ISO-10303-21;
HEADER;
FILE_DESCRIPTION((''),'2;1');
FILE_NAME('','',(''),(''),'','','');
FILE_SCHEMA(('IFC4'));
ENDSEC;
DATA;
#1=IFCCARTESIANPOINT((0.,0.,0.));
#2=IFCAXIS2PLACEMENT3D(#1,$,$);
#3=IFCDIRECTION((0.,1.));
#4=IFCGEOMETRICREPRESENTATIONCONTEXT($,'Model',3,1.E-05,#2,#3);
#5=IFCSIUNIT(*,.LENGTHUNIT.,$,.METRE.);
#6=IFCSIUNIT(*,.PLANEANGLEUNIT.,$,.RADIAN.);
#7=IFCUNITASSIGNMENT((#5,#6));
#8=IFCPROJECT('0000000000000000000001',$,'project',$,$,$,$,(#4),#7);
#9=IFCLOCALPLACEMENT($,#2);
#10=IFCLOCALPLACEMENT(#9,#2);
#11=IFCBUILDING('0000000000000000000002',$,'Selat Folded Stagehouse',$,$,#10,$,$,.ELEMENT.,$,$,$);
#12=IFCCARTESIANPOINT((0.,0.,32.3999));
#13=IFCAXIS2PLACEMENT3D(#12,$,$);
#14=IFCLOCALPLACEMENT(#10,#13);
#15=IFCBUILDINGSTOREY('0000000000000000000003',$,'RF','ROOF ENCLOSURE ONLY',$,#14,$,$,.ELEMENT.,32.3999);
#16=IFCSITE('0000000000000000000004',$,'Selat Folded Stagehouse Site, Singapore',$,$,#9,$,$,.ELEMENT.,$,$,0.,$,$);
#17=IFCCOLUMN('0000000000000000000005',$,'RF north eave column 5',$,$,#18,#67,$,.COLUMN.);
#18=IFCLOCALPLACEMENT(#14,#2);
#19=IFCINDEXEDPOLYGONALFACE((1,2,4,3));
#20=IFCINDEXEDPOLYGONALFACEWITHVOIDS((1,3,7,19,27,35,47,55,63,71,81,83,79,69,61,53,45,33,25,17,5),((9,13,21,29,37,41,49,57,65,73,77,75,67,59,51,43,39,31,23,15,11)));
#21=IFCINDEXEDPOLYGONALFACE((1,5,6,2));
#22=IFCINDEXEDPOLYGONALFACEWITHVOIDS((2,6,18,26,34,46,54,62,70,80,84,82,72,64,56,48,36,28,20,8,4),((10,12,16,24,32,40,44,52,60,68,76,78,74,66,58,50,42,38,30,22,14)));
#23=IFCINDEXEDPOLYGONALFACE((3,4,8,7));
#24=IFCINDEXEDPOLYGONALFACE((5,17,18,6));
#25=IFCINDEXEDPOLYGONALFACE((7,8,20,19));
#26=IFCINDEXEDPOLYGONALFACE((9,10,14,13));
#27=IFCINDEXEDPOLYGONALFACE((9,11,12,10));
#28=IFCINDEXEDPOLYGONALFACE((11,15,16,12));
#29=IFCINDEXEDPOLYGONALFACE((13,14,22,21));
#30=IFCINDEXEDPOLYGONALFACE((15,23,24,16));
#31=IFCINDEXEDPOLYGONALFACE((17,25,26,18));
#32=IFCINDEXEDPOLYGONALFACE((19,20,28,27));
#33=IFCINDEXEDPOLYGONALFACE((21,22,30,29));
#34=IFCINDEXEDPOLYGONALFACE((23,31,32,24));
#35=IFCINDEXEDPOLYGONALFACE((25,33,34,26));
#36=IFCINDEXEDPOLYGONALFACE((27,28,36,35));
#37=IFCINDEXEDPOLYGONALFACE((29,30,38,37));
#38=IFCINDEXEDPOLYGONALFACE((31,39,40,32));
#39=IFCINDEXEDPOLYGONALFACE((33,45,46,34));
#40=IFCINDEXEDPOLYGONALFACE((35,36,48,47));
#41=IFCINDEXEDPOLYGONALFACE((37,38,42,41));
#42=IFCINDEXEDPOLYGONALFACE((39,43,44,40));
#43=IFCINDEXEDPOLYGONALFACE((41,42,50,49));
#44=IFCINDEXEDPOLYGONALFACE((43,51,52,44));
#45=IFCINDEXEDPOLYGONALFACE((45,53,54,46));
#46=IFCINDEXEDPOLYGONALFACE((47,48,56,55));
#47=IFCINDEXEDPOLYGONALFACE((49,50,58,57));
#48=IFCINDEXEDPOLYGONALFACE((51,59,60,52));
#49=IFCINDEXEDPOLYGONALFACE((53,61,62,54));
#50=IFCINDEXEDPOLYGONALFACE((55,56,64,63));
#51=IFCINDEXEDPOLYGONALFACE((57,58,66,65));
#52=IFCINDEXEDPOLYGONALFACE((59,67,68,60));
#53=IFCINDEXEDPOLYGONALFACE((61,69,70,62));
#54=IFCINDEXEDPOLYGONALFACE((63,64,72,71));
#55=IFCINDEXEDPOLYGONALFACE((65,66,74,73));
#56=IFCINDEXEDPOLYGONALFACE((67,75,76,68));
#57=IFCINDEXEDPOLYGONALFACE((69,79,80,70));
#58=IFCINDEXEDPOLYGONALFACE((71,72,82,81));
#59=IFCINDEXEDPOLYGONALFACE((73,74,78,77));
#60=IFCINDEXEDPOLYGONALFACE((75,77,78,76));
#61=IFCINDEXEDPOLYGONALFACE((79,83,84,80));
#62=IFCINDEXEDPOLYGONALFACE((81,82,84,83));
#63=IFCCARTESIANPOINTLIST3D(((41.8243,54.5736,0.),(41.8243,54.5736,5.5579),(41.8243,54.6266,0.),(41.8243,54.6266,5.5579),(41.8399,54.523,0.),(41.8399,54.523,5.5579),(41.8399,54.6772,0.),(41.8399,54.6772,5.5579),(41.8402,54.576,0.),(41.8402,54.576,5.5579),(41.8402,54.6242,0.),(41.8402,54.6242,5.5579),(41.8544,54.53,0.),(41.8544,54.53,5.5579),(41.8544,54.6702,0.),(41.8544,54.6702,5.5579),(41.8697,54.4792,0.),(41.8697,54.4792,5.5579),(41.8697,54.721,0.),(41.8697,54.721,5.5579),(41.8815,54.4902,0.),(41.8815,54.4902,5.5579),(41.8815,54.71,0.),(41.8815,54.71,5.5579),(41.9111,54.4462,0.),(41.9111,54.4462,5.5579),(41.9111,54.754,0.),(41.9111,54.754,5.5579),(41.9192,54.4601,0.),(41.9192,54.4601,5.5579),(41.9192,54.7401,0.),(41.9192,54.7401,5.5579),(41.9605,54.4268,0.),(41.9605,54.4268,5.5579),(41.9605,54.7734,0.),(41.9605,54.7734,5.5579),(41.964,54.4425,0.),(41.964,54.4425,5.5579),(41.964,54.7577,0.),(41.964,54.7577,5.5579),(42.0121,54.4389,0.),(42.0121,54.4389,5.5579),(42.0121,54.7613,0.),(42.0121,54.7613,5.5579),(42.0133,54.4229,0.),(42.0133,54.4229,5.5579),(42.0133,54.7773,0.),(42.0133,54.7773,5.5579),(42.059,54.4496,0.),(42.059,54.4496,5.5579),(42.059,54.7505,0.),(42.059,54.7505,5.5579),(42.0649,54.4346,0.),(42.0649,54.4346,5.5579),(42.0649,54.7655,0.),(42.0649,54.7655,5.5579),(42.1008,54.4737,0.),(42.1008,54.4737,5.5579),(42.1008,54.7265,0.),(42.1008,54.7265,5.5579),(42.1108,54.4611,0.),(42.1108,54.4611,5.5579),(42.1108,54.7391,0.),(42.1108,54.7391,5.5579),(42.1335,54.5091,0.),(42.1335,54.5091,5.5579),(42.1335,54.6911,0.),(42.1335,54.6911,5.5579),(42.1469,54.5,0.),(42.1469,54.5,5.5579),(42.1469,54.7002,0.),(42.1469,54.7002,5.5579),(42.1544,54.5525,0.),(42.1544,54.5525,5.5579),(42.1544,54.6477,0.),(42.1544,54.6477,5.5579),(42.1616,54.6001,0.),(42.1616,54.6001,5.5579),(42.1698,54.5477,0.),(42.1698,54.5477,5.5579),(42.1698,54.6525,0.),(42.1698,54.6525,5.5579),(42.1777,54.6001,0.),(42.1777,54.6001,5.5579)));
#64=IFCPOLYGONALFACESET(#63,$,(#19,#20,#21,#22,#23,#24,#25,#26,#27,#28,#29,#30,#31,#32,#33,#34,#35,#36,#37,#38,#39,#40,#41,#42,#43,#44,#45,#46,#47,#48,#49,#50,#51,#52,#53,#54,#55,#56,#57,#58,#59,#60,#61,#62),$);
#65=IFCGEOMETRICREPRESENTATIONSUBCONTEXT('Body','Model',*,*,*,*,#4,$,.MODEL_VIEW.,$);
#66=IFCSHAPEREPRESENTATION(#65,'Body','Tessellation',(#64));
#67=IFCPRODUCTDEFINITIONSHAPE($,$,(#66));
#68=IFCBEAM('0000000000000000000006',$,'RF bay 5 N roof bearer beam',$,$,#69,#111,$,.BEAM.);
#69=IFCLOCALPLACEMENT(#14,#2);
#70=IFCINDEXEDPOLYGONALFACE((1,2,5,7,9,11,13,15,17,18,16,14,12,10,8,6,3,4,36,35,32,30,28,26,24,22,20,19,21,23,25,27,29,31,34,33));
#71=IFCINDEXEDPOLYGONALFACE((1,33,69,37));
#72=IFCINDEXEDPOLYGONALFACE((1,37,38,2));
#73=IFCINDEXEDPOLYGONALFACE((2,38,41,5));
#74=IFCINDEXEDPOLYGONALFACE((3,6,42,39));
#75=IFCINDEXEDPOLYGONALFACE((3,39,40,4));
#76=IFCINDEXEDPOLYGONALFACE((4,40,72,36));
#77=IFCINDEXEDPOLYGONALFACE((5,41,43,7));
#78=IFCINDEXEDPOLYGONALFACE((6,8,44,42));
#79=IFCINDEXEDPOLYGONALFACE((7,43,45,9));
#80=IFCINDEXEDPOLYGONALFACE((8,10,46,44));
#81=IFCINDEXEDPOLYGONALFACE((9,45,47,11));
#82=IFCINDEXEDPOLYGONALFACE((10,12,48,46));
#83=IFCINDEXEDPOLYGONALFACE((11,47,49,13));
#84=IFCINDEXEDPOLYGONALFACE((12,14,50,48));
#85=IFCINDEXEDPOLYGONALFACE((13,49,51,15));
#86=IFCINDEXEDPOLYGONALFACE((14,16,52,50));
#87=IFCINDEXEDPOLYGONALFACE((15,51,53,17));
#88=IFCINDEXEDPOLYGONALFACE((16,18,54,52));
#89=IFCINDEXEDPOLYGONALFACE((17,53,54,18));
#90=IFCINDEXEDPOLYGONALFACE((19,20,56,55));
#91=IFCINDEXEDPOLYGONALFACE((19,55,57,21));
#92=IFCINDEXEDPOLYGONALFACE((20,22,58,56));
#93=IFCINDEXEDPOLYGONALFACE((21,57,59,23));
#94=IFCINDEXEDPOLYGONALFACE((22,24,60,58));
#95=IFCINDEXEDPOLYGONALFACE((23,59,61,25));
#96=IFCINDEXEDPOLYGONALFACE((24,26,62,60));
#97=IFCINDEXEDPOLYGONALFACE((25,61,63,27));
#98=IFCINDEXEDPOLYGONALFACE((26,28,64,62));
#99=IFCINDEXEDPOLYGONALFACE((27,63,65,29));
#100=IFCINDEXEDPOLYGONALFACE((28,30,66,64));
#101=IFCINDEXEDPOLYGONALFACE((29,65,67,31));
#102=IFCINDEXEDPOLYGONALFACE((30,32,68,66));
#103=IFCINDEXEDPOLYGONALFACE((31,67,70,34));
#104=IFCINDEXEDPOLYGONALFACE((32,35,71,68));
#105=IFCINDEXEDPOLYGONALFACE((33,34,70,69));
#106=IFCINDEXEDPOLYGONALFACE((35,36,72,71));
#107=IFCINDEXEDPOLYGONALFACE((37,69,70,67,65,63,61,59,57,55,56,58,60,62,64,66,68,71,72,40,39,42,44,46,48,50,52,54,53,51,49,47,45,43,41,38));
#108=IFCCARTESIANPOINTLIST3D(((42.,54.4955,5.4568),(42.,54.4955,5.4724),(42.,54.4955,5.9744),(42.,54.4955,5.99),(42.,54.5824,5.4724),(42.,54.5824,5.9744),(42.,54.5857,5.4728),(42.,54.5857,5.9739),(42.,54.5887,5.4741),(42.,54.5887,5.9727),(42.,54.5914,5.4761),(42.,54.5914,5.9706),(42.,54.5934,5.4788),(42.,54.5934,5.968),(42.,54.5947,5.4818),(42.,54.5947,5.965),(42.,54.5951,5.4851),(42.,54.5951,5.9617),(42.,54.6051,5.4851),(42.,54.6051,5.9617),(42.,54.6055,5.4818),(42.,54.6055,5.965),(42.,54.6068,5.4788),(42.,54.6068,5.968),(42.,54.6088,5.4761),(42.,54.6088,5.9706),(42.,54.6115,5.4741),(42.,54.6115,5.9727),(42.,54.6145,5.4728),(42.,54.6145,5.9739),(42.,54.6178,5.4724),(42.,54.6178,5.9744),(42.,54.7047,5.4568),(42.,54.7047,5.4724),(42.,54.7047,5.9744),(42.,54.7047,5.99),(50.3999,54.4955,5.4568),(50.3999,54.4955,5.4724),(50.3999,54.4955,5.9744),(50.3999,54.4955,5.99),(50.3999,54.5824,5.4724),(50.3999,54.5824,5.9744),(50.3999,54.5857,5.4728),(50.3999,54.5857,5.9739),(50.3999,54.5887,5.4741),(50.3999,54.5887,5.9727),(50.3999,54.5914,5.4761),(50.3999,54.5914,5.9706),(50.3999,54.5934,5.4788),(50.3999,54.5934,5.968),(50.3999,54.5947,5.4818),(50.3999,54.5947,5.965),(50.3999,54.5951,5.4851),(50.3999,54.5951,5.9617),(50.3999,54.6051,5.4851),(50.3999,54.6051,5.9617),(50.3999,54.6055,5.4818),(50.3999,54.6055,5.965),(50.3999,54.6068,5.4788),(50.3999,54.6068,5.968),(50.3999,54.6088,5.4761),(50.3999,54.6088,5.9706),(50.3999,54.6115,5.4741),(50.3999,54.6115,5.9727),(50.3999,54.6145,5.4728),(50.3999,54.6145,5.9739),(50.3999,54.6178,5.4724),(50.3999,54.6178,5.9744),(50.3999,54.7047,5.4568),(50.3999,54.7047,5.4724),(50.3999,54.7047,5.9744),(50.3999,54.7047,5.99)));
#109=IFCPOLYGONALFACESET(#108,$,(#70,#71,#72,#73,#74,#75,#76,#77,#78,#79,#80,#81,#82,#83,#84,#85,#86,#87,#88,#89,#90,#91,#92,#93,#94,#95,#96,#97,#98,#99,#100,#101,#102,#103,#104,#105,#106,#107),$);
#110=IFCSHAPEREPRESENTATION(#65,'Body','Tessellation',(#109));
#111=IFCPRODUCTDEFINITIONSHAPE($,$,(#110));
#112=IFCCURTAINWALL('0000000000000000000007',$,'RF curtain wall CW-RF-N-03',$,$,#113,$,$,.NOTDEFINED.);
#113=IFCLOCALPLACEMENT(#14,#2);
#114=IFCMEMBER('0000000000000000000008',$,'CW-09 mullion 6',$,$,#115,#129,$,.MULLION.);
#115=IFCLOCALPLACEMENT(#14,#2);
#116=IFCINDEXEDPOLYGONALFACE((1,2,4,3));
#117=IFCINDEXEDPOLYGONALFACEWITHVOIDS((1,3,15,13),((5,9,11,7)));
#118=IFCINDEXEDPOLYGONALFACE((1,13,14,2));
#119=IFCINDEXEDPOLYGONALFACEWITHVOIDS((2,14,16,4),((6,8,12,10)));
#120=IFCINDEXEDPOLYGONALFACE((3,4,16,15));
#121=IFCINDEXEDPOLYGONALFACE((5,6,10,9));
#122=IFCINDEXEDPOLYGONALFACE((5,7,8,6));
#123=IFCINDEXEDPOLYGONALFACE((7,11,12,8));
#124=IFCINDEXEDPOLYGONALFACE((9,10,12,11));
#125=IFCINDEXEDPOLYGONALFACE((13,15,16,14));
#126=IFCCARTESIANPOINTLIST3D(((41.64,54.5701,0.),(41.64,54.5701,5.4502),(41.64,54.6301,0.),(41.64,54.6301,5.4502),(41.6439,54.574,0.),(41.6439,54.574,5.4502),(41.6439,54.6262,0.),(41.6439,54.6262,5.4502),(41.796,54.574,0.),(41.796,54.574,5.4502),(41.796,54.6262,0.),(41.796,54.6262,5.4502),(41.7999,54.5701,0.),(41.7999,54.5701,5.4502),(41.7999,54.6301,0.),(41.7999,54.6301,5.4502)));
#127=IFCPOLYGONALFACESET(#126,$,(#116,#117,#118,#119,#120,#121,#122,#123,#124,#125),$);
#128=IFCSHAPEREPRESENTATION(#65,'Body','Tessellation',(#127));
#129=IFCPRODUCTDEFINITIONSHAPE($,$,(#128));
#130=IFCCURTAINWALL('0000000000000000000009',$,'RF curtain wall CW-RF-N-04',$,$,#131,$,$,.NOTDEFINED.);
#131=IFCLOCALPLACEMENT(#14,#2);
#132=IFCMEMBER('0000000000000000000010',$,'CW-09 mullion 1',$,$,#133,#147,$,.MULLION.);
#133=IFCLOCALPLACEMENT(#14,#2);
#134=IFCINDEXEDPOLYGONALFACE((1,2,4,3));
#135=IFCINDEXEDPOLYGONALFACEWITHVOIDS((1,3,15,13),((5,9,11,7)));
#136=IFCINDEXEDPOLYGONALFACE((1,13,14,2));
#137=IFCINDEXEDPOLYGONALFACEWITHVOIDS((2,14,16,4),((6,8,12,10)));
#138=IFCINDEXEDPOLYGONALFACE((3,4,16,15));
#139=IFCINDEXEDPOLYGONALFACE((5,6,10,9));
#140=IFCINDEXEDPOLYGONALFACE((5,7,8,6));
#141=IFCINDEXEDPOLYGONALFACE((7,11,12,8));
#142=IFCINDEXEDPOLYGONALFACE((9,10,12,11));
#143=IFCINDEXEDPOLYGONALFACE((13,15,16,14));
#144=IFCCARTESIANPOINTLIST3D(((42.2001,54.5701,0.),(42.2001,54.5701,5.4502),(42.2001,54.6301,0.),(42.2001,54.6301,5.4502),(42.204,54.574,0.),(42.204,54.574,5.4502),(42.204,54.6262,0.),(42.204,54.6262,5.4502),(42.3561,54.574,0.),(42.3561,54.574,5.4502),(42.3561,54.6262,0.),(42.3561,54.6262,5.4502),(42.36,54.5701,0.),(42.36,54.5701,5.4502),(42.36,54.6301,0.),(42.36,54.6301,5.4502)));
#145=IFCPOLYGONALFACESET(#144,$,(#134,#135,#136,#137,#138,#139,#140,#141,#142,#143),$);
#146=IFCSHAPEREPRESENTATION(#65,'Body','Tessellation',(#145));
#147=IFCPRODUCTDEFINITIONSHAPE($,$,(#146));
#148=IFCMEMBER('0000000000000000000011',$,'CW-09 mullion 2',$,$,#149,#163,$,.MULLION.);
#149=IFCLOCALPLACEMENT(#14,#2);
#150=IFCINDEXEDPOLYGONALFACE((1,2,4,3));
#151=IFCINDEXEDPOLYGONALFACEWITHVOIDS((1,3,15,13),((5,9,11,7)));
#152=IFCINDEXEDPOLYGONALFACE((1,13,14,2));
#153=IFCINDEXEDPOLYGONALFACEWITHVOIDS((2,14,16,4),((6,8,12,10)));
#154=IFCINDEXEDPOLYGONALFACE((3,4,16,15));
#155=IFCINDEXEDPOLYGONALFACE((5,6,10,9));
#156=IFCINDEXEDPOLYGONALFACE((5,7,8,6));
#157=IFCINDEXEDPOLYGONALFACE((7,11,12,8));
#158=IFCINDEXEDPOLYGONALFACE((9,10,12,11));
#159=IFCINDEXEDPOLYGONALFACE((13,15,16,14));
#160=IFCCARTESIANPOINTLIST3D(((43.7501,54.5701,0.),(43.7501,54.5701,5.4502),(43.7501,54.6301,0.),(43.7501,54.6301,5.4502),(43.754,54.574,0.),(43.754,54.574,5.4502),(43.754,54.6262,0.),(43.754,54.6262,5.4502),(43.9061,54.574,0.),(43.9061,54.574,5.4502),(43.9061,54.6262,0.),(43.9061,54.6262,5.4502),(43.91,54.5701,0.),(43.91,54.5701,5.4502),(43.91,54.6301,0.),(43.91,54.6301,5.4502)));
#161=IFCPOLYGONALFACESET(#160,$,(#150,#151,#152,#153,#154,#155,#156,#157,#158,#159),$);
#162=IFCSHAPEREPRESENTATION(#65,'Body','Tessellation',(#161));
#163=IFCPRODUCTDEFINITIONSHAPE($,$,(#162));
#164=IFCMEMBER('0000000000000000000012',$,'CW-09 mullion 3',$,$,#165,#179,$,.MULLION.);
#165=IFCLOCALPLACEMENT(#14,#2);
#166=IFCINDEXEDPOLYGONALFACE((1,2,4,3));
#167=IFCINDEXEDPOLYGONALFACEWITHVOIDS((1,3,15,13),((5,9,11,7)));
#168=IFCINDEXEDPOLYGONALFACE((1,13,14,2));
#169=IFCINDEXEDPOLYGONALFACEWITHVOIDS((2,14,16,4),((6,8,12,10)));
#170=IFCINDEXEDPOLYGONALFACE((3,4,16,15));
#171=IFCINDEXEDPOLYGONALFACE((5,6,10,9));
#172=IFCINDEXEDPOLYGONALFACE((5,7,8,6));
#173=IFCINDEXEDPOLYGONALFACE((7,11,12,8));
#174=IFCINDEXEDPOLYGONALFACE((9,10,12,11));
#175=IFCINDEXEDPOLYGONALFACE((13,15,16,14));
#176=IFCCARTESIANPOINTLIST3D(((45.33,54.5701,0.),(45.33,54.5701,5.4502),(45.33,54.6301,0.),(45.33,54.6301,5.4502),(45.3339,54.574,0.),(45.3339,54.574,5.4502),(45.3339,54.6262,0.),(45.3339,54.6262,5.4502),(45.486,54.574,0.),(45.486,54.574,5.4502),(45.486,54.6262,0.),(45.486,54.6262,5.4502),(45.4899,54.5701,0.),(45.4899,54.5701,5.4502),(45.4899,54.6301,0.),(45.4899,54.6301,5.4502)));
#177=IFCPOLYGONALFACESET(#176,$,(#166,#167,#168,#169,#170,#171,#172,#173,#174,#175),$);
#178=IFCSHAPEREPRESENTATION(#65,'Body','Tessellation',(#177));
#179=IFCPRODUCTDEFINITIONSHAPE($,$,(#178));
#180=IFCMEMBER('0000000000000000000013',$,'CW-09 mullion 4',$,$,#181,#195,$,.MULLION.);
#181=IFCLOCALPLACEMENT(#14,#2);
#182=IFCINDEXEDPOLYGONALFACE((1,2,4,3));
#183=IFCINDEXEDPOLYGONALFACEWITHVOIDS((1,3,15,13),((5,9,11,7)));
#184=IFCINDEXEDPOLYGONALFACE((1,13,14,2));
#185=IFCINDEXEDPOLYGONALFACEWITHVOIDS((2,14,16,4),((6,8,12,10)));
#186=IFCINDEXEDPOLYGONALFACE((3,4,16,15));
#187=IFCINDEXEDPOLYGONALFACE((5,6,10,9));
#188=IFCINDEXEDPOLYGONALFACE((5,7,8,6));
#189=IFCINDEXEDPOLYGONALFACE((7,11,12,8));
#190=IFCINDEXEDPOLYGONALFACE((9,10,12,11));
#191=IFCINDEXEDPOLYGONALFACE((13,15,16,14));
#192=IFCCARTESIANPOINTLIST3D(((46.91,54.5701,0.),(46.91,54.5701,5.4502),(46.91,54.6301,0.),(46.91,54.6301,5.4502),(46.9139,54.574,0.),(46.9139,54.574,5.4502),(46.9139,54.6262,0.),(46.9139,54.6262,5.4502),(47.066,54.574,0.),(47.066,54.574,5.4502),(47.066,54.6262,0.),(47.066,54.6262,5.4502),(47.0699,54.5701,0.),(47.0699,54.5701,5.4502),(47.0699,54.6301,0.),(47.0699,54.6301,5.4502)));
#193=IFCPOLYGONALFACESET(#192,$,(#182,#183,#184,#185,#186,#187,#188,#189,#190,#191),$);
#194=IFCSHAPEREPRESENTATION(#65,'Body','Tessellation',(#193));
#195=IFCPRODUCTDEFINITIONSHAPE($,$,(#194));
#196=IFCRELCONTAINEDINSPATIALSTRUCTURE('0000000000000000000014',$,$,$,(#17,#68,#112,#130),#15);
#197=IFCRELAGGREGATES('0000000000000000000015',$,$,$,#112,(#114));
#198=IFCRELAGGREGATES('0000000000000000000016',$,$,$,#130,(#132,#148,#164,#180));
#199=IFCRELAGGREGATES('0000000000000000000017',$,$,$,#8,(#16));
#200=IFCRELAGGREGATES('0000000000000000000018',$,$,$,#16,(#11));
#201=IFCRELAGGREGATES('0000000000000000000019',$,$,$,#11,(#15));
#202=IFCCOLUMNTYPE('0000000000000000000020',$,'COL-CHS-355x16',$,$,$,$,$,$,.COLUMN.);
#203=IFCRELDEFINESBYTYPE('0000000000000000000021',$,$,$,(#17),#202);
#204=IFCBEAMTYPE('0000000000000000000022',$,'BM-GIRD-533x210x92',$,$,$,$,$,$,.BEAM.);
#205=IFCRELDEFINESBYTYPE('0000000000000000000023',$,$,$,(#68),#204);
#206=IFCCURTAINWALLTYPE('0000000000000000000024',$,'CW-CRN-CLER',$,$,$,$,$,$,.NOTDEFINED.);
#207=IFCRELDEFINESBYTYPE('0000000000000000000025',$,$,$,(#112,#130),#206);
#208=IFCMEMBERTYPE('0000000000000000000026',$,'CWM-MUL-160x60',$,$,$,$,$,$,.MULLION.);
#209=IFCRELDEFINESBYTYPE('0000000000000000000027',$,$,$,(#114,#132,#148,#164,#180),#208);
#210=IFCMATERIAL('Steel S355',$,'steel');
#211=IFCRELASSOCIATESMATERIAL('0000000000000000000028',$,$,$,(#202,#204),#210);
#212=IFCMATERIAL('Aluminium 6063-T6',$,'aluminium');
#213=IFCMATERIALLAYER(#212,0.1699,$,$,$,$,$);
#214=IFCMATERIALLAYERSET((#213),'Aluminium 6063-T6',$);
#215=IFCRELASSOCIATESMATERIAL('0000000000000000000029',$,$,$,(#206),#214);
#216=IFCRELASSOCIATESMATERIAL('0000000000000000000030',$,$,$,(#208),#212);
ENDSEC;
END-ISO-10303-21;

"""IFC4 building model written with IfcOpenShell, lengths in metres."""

from ifc_helpers import new_model, si_unit, direction, frame, origin, origin_2d, place, context, subcontext, project, spatial, hollow_rectangle, hollow_circle, i_section, extrude, material, layer, layer_set, material_profile, profile_set, type_object, element, aggregate, save


model = new_model("IFC4")

# Units and contexts
model_context = context("Model", 3, precision=1e-05, world=origin(), true_north=direction((0.0, 1.0)))
body_context = subcontext(model_context, "Body", "Model", "MODEL_VIEW")
ifc_project = project(units=[si_unit("LENGTHUNIT", "METRE"), si_unit("PLANEANGLEUNIT", "RADIAN")], contexts=[model_context])

# Site, building, storey
site_placement = place(None, origin())
site = spatial("IfcSite", under=ifc_project, at=site_placement, Name="Selat Folded Stagehouse Site, Singapore", CompositionType="ELEMENT", RefElevation=0.0)
building_placement = place(site_placement, origin())
building = spatial("IfcBuilding", under=site, at=building_placement, Name="Selat Folded Stagehouse", CompositionType="ELEMENT")
storey_placement = place(building_placement, frame((0.0, 0.0, 32.3999)))
storey = spatial("IfcBuildingStorey", under=building, at=storey_placement, Name="RF", Description="ROOF ENCLOSURE ONLY", CompositionType="ELEMENT", Elevation=32.3999)

# Column
ifc_material_1 = material(Name="Steel S355", Category="steel")
ifc_material_profile_1 = material_profile(ifc_material_1, hollow_circle(Radius=0.1777, WallThickness=0.0161, at=origin_2d()), Name="CHS 355.6x16.0")
ifc_profile_set_1 = profile_set([ifc_material_profile_1], Name="Steel S355")
column_type = type_object("IfcColumnType", Name="COL-CHS-355x16", PredefinedType="COLUMN", material=ifc_profile_set_1)
column_placement = place(storey_placement, frame((42.0, 54.6001, 0.0), z_axis=(0.0, 0.0, 1.0), x_axis=(1.0, 0.0, 0.0)))
element("IfcColumn", 1, at=column_placement, inside=storey, type_object=column_type, Name="RF north eave column 5", PredefinedType="COLUMN", context=body_context, shape_type="SweptSolid", body=[
    extrude(hollow_circle(Radius=0.1777, WallThickness=0.0161, at=origin_2d()), origin(), (0.0, 0.0, 1.0), 5.5579),
])

# Beam
ifc_material_profile_2 = material_profile(ifc_material_1, i_section(OverallWidth=0.2092, OverallDepth=0.5332, WebThickness=0.01, FlangeThickness=0.0156, FilletRadius=0.0127, at=origin_2d()), Name="UKB 533x210x92")
ifc_profile_set_2 = profile_set([ifc_material_profile_2], Name="Steel S355")
beam_type = type_object("IfcBeamType", Name="BM-GIRD-533x210x92", PredefinedType="BEAM", material=ifc_profile_set_2)
beam_placement = place(storey_placement, frame((42.0, 54.6001, 5.7234), z_axis=(1.0, 0.0, 0.0), x_axis=(0.0, 1.0, 0.0)))
element("IfcBeam", 2, at=beam_placement, inside=storey, type_object=beam_type, Name="RF bay 5 N roof bearer beam", PredefinedType="BEAM", context=body_context, shape_type="SweptSolid", body=[
    extrude(i_section(OverallWidth=0.2092, OverallDepth=0.5332, WebThickness=0.01, FlangeThickness=0.0156, FilletRadius=0.0127, at=origin_2d()), origin(), (0.0, 0.0, 1.0), 8.3999),
])

# Curtain wall, member
ifc_material_2 = material(Name="Aluminium 6063-T6", Category="aluminium")
ifc_layer_1 = layer(ifc_material_2, 0.1699)
ifc_layer_set_1 = layer_set([ifc_layer_1], Name="Aluminium 6063-T6")
curtain_wall_type = type_object("IfcCurtainWallType", Name="CW-CRN-CLER", PredefinedType="NOTDEFINED", material=ifc_layer_set_1)
curtain_wall_1_placement = place(storey_placement, origin())
curtain_wall_1 = element("IfcCurtainWall", 3, at=curtain_wall_1_placement, inside=storey, type_object=curtain_wall_type, Name="RF curtain wall CW-RF-N-03", PredefinedType="NOTDEFINED")
ifc_material_profile_3 = material_profile(ifc_material_2, hollow_rectangle(XDim=0.0601, YDim=0.1599, WallThickness=0.0039, at=origin_2d()), Name="ALU 160x60x4.0")
ifc_profile_set_3 = profile_set([ifc_material_profile_3], Name="Aluminium 6063-T6")
member_type_1 = type_object("IfcMemberType", Name="CWM-MUL-160x60", PredefinedType="MULLION", material=ifc_profile_set_3)
member_1_placement = place(storey_placement, frame((41.72, 54.6001, 0.0), z_axis=(0.0, 0.0, 1.0), x_axis=(0.0, 1.0, 0.0)))
member_1 = element("IfcMember", 4, at=member_1_placement, type_object=member_type_1, Name="CW-09 mullion 6", PredefinedType="MULLION", context=body_context, shape_type="SweptSolid", body=[
    extrude(hollow_rectangle(XDim=0.0601, YDim=0.1599, WallThickness=0.0039, at=origin_2d()), origin(), (0.0, 0.0, 1.0), 5.4502),
])

# Curtain wall, members
curtain_wall_2_placement = place(storey_placement, origin())
curtain_wall_2 = element("IfcCurtainWall", 5, at=curtain_wall_2_placement, inside=storey, type_object=curtain_wall_type, Name="RF curtain wall CW-RF-N-04", PredefinedType="NOTDEFINED")
member_2_placement = place(storey_placement, frame((42.28, 54.6001, 0.0), z_axis=(0.0, 0.0, 1.0), x_axis=(0.0, 1.0, 0.0)))
member_2 = element("IfcMember", 6, at=member_2_placement, type_object=member_type_1, Name="CW-09 mullion 1", PredefinedType="MULLION", context=body_context, shape_type="SweptSolid", body=[
    extrude(hollow_rectangle(XDim=0.0601, YDim=0.1599, WallThickness=0.0039, at=origin_2d()), origin(), (0.0, 0.0, 1.0), 5.4502),
])
member_3_placement = place(storey_placement, frame((43.8301, 54.6001, 0.0), z_axis=(0.0, 0.0, 1.0), x_axis=(0.0, 1.0, 0.0)))
member_3 = element("IfcMember", 7, at=member_3_placement, type_object=member_type_1, Name="CW-09 mullion 2", PredefinedType="MULLION", context=body_context, shape_type="SweptSolid", body=[
    extrude(hollow_rectangle(XDim=0.0601, YDim=0.1599, WallThickness=0.0039, at=origin_2d()), origin(), (0.0, 0.0, 1.0), 5.4502),
])
member_4_placement = place(storey_placement, frame((45.4099, 54.6001, 0.0), z_axis=(0.0, 0.0, 1.0), x_axis=(0.0, 1.0, 0.0)))
member_4 = element("IfcMember", 8, at=member_4_placement, type_object=member_type_1, Name="CW-09 mullion 3", PredefinedType="MULLION", context=body_context, shape_type="SweptSolid", body=[
    extrude(hollow_rectangle(XDim=0.0601, YDim=0.1599, WallThickness=0.0039, at=origin_2d()), origin(), (0.0, 0.0, 1.0), 5.4502),
])
member_5_placement = place(storey_placement, frame((46.99, 54.6001, 0.0), z_axis=(0.0, 0.0, 1.0), x_axis=(0.0, 1.0, 0.0)))
member_5 = element("IfcMember", 9, at=member_5_placement, type_object=member_type_1, Name="CW-09 mullion 4", PredefinedType="MULLION", context=body_context, shape_type="SweptSolid", body=[
    extrude(hollow_rectangle(XDim=0.0601, YDim=0.1599, WallThickness=0.0039, at=origin_2d()), origin(), (0.0, 0.0, 1.0), 5.4502),
])

aggregate(curtain_wall_1, [member_1])
aggregate(curtain_wall_2, [member_2, member_3, member_4, member_5])

save(model, "model.ifc")
